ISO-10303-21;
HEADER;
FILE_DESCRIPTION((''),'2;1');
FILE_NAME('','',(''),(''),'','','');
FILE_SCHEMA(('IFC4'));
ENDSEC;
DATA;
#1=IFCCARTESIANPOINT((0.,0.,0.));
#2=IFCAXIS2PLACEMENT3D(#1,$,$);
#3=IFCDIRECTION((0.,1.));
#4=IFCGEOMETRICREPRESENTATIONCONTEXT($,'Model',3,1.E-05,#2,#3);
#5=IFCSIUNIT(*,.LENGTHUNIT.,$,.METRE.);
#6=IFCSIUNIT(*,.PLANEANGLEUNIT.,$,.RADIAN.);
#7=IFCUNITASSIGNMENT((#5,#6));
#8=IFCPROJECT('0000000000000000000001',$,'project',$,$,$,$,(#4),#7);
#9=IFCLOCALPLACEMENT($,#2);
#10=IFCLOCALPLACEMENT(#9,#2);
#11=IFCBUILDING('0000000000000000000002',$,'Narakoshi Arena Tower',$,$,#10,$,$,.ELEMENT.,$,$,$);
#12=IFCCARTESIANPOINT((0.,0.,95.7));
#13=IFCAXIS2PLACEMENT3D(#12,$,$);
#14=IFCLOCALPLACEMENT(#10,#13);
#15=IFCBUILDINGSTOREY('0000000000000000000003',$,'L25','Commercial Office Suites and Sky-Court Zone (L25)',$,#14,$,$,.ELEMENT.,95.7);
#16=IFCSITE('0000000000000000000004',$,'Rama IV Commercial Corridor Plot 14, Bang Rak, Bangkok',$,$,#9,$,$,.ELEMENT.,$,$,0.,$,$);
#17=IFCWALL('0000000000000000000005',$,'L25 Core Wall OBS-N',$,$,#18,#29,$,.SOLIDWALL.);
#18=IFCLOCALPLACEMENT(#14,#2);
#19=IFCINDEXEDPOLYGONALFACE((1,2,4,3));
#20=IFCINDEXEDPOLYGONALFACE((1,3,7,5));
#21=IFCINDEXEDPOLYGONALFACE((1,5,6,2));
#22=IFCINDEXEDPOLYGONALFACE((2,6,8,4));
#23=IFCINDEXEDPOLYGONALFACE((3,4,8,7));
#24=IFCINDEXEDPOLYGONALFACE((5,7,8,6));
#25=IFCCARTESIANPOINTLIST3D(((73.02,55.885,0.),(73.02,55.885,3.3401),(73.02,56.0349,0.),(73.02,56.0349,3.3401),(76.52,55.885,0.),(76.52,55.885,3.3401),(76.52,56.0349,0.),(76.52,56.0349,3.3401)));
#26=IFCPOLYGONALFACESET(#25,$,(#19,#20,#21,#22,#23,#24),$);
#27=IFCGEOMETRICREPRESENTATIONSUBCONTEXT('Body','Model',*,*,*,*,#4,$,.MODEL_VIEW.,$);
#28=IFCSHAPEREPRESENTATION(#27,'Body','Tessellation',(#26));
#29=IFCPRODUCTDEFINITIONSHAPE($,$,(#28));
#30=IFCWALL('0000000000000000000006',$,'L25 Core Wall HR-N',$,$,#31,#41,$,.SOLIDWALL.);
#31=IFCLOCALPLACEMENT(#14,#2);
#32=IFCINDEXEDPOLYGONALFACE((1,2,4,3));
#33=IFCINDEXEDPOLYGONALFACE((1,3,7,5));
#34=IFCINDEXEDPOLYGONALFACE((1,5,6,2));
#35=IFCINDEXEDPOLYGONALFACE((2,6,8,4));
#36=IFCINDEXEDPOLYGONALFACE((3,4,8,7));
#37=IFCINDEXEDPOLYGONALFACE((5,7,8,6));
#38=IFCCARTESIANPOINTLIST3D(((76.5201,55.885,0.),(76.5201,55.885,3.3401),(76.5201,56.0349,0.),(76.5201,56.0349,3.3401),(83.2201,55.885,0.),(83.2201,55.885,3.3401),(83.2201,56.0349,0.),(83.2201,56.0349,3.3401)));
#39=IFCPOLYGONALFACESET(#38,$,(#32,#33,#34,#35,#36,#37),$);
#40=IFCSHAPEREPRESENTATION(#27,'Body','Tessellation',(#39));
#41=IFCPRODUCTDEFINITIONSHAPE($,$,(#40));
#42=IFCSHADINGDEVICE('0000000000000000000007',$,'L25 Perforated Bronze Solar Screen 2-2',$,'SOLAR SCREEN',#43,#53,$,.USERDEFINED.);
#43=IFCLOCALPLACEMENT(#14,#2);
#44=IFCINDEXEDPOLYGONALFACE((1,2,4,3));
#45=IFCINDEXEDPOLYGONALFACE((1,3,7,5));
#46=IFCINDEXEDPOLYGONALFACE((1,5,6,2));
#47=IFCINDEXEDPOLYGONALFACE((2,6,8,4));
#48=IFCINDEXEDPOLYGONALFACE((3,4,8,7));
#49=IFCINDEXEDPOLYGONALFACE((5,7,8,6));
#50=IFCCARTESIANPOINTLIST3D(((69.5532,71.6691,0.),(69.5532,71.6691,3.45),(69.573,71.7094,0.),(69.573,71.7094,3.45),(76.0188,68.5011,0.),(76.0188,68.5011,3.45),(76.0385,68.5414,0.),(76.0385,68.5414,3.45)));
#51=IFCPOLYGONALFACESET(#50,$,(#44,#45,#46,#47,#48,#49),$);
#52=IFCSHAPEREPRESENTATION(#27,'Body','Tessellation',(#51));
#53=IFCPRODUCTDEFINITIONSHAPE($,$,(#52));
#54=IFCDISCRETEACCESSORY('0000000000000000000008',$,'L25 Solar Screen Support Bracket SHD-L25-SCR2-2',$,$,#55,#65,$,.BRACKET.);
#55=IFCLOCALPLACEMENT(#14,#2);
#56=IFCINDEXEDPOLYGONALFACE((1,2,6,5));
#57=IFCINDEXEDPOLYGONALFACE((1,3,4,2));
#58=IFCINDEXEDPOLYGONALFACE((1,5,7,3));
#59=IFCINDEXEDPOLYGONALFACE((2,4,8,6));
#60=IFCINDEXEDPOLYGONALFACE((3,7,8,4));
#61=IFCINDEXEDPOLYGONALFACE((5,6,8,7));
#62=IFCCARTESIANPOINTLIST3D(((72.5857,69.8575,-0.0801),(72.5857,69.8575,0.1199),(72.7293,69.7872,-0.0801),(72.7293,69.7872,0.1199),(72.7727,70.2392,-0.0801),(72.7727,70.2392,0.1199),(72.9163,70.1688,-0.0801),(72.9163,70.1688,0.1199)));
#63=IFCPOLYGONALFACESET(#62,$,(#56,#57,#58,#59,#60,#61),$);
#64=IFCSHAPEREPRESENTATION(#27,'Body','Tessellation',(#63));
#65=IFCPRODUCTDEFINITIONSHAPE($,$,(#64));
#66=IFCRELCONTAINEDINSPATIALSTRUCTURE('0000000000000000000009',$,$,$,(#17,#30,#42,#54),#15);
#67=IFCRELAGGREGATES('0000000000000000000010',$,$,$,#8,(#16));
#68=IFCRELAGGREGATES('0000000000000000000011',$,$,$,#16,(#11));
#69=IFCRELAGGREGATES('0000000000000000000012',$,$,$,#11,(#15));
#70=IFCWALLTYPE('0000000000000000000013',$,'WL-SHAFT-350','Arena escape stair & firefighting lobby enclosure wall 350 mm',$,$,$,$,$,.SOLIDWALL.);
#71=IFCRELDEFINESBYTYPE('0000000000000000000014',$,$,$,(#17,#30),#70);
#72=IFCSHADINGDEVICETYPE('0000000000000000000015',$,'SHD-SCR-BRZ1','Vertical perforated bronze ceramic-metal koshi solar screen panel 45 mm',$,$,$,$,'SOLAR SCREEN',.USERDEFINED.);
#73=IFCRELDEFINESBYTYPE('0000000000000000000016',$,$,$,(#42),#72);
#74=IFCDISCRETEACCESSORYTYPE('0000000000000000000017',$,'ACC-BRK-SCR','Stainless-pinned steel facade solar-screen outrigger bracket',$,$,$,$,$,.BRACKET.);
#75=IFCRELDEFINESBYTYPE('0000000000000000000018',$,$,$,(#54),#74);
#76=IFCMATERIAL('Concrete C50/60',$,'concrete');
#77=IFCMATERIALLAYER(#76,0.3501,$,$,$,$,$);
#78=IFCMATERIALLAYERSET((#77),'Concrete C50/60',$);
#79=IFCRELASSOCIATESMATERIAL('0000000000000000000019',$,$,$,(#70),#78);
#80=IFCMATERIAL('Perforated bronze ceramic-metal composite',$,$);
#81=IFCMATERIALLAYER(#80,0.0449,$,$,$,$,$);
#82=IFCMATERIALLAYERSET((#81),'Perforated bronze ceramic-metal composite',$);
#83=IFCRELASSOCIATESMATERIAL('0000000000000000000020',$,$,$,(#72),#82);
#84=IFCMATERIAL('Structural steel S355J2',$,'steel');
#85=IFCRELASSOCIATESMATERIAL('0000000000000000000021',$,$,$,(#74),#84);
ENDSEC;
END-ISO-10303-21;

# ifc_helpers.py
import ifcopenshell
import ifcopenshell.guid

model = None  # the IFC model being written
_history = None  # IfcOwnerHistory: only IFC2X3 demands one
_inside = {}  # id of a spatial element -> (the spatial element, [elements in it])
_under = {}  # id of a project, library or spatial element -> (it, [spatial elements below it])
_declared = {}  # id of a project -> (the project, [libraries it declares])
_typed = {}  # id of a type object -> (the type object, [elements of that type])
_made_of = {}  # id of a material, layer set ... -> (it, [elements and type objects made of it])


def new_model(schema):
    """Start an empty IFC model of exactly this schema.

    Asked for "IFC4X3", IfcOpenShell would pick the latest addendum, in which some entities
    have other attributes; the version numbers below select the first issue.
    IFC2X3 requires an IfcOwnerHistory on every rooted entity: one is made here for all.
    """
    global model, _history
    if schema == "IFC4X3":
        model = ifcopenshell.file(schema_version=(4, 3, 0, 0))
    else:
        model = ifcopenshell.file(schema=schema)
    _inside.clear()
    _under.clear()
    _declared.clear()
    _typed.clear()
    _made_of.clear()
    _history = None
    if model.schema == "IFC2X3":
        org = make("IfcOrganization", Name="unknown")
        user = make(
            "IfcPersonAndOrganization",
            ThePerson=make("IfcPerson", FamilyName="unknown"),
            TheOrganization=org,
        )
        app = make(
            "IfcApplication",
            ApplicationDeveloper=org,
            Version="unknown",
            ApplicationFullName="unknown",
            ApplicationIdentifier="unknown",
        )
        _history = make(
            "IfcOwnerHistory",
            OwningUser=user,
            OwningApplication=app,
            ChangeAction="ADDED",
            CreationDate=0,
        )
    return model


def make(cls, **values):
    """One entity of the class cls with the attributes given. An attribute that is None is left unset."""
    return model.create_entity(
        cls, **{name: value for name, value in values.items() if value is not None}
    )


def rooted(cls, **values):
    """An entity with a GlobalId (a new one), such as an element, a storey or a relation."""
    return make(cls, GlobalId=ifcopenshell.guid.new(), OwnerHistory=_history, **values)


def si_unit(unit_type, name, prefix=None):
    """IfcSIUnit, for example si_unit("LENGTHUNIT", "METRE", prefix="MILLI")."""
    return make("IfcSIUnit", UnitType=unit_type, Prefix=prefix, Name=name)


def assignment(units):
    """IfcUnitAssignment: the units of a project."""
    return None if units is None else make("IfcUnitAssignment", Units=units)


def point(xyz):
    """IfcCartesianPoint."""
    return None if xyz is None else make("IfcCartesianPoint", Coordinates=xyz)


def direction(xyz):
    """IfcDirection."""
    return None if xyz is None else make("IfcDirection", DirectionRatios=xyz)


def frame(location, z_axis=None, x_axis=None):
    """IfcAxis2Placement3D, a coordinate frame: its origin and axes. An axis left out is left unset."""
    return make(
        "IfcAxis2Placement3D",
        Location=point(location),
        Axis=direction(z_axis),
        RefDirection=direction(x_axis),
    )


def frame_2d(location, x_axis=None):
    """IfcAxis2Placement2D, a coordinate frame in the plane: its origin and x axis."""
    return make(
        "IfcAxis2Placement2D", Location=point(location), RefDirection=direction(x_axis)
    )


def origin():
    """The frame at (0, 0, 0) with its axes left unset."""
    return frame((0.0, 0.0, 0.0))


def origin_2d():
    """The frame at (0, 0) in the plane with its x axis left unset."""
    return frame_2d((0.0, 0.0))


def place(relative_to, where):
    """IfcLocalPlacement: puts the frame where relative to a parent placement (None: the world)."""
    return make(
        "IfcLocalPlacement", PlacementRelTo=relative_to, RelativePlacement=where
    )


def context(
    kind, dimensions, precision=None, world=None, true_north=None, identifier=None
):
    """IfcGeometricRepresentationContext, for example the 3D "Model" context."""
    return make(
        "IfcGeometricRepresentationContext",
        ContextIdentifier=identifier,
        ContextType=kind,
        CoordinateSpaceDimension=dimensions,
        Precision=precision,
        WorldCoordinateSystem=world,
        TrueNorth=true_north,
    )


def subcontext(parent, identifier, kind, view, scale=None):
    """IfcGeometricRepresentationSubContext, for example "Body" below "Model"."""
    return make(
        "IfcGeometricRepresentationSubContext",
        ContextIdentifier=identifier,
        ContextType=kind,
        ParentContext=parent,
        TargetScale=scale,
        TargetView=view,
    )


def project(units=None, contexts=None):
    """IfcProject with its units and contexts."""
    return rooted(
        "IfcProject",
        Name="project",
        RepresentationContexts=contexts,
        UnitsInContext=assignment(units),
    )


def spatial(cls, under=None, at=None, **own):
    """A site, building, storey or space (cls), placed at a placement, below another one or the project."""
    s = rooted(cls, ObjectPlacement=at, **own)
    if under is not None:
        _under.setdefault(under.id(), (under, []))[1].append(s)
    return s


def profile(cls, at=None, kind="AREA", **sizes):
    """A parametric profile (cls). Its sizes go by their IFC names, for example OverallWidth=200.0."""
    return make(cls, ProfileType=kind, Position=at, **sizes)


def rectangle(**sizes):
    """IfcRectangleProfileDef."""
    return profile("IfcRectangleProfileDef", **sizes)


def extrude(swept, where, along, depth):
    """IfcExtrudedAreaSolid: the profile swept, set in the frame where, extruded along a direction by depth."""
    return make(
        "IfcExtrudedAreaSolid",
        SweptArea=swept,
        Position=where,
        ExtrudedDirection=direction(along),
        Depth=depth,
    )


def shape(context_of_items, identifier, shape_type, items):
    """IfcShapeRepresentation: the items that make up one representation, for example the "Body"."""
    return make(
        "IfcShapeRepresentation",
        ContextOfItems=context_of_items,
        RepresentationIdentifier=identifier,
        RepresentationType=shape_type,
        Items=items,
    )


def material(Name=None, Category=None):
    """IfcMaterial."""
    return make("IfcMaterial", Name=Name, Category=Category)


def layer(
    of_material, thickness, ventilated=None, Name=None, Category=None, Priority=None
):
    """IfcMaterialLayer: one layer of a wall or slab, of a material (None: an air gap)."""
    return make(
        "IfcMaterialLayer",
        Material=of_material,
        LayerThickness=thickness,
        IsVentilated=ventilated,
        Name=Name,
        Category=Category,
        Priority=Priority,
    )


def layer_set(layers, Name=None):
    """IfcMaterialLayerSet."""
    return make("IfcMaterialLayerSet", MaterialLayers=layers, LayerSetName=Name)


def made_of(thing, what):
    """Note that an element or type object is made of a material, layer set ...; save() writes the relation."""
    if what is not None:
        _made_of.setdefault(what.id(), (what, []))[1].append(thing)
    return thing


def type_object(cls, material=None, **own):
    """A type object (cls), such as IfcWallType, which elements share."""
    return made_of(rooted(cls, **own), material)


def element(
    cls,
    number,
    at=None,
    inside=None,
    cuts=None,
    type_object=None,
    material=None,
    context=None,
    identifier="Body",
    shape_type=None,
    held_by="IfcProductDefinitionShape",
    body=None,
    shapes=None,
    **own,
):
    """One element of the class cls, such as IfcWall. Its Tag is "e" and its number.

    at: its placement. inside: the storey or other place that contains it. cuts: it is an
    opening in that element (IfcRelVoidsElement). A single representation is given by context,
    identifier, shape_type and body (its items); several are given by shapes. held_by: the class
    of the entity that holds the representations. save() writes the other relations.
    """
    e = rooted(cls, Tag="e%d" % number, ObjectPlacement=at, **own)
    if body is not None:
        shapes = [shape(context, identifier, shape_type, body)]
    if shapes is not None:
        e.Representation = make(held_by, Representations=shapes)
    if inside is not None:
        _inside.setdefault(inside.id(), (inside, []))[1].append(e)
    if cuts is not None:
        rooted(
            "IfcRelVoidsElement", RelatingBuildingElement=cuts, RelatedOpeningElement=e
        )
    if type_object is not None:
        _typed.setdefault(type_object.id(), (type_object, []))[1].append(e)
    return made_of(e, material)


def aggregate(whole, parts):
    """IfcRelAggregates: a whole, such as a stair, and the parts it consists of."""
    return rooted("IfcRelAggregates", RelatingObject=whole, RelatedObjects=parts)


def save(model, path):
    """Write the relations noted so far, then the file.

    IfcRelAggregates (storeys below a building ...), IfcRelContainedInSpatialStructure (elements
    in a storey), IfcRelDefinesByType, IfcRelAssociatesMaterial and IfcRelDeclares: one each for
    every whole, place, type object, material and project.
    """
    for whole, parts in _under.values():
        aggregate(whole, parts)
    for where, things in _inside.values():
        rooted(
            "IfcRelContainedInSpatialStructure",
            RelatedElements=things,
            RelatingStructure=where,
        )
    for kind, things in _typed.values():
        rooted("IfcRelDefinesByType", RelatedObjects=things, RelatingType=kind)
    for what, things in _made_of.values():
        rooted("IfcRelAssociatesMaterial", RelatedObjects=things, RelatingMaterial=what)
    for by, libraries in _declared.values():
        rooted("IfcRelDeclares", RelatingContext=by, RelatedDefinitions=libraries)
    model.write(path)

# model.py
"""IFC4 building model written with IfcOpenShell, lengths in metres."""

from ifc_helpers import new_model, si_unit, direction, frame, frame_2d, origin, origin_2d, place, context, subcontext, project, spatial, rectangle, extrude, material, layer, layer_set, type_object, element, save


model = new_model("IFC4")

# Units and contexts
model_context = context("Model", 3, precision=1e-05, world=origin(), true_north=direction((0.0, 1.0)))
body_context = subcontext(model_context, "Body", "Model", "MODEL_VIEW")
ifc_project = project(units=[si_unit("LENGTHUNIT", "METRE"), si_unit("PLANEANGLEUNIT", "RADIAN")], contexts=[model_context])

# Site, building, storey
site_placement = place(None, origin())
site = spatial("IfcSite", under=ifc_project, at=site_placement, Name="Rama IV Commercial Corridor Plot 14, Bang Rak, Bangkok", CompositionType="ELEMENT", RefElevation=0.0)
building_placement = place(site_placement, origin())
building = spatial("IfcBuilding", under=site, at=building_placement, Name="Narakoshi Arena Tower", CompositionType="ELEMENT")
storey_placement = place(building_placement, frame((0.0, 0.0, 95.7)))
storey = spatial("IfcBuildingStorey", under=building, at=storey_placement, Name="L25", Description="Commercial Office Suites and Sky-Court Zone (L25)", CompositionType="ELEMENT", Elevation=95.7)

# Walls
ifc_material_1 = material(Name="Concrete C50/60", Category="concrete")
ifc_layer_1 = layer(ifc_material_1, 0.3501)
ifc_layer_set_1 = layer_set([ifc_layer_1], Name="Concrete C50/60")
wall_type_1 = type_object("IfcWallType", Name="WL-SHAFT-350", Description="Arena escape stair & firefighting lobby enclosure wall 350 mm", PredefinedType="SOLIDWALL", material=ifc_layer_set_1)
wall_1_placement = place(storey_placement, frame((73.02, 55.96, 0.0), z_axis=(0.0, 0.0, 1.0), x_axis=(1.0, 0.0, 0.0)))
element("IfcWall", 1, at=wall_1_placement, inside=storey, type_object=wall_type_1, Name="L25 Core Wall OBS-N", PredefinedType="SOLIDWALL", context=body_context, shape_type="SweptSolid", body=[
    extrude(rectangle(XDim=3.5, YDim=0.1499, at=frame_2d((1.75, 0.0))), origin(), (0.0, 0.0, 1.0), 3.3401),
])
wall_2_placement = place(storey_placement, frame((76.52, 55.96, 0.0), z_axis=(0.0, 0.0, 1.0), x_axis=(1.0, 0.0, 0.0)))
element("IfcWall", 2, at=wall_2_placement, inside=storey, type_object=wall_type_1, Name="L25 Core Wall HR-N", PredefinedType="SOLIDWALL", context=body_context, shape_type="SweptSolid", body=[
    extrude(rectangle(XDim=6.7, YDim=0.1499, at=frame_2d((3.3501, 0.0))), origin(), (0.0, 0.0, 1.0), 3.3401),
])

# Shading device
ifc_material_2 = material(Name="Perforated bronze ceramic-metal composite")
ifc_layer_2 = layer(ifc_material_2, 0.0449)
ifc_layer_set_2 = layer_set([ifc_layer_2], Name="Perforated bronze ceramic-metal composite")
shading_device_type = type_object("IfcShadingDeviceType", Name="SHD-SCR-BRZ1", Description="Vertical perforated bronze ceramic-metal koshi solar screen panel 45 mm", ElementType="SOLAR SCREEN", PredefinedType="USERDEFINED", material=ifc_layer_set_2)
shading_device_placement = place(storey_placement, frame((72.7959, 70.1052, 0.0), z_axis=(0.0, 0.0, 1.0), x_axis=(-0.897997, 0.440002, 0.0)))
element("IfcShadingDevice", 3, at=shading_device_placement, inside=storey, type_object=shading_device_type, Name="L25 Perforated Bronze Solar Screen 2-2", ObjectType="SOLAR SCREEN", PredefinedType="USERDEFINED", context=body_context, shape_type="SweptSolid", body=[
    extrude(rectangle(XDim=7.2, YDim=0.0449, at=origin_2d()), origin(), (0.0, 0.0, 1.0), 3.45),
])

# Discrete accessory
ifc_material_3 = material(Name="Structural steel S355J2", Category="steel")
discrete_accessory_type = type_object("IfcDiscreteAccessoryType", Name="ACC-BRK-SCR", Description="Stainless-pinned steel facade solar-screen outrigger bracket", PredefinedType="BRACKET", material=ifc_material_3)
discrete_accessory_placement = place(storey_placement, frame((72.751, 70.0132, -0.0801), z_axis=(0.0, 0.0, 1.0), x_axis=(-0.897997, 0.440002, 0.0)))
element("IfcDiscreteAccessory", 4, at=discrete_accessory_placement, inside=storey, type_object=discrete_accessory_type, Name="L25 Solar Screen Support Bracket SHD-L25-SCR2-2", PredefinedType="BRACKET", context=body_context, shape_type="SweptSolid", body=[
    extrude(rectangle(XDim=0.1599, YDim=0.425, at=origin_2d()), origin(), (0.0, 0.0, 1.0), 0.2),
])

save(model, "model.ifc")
